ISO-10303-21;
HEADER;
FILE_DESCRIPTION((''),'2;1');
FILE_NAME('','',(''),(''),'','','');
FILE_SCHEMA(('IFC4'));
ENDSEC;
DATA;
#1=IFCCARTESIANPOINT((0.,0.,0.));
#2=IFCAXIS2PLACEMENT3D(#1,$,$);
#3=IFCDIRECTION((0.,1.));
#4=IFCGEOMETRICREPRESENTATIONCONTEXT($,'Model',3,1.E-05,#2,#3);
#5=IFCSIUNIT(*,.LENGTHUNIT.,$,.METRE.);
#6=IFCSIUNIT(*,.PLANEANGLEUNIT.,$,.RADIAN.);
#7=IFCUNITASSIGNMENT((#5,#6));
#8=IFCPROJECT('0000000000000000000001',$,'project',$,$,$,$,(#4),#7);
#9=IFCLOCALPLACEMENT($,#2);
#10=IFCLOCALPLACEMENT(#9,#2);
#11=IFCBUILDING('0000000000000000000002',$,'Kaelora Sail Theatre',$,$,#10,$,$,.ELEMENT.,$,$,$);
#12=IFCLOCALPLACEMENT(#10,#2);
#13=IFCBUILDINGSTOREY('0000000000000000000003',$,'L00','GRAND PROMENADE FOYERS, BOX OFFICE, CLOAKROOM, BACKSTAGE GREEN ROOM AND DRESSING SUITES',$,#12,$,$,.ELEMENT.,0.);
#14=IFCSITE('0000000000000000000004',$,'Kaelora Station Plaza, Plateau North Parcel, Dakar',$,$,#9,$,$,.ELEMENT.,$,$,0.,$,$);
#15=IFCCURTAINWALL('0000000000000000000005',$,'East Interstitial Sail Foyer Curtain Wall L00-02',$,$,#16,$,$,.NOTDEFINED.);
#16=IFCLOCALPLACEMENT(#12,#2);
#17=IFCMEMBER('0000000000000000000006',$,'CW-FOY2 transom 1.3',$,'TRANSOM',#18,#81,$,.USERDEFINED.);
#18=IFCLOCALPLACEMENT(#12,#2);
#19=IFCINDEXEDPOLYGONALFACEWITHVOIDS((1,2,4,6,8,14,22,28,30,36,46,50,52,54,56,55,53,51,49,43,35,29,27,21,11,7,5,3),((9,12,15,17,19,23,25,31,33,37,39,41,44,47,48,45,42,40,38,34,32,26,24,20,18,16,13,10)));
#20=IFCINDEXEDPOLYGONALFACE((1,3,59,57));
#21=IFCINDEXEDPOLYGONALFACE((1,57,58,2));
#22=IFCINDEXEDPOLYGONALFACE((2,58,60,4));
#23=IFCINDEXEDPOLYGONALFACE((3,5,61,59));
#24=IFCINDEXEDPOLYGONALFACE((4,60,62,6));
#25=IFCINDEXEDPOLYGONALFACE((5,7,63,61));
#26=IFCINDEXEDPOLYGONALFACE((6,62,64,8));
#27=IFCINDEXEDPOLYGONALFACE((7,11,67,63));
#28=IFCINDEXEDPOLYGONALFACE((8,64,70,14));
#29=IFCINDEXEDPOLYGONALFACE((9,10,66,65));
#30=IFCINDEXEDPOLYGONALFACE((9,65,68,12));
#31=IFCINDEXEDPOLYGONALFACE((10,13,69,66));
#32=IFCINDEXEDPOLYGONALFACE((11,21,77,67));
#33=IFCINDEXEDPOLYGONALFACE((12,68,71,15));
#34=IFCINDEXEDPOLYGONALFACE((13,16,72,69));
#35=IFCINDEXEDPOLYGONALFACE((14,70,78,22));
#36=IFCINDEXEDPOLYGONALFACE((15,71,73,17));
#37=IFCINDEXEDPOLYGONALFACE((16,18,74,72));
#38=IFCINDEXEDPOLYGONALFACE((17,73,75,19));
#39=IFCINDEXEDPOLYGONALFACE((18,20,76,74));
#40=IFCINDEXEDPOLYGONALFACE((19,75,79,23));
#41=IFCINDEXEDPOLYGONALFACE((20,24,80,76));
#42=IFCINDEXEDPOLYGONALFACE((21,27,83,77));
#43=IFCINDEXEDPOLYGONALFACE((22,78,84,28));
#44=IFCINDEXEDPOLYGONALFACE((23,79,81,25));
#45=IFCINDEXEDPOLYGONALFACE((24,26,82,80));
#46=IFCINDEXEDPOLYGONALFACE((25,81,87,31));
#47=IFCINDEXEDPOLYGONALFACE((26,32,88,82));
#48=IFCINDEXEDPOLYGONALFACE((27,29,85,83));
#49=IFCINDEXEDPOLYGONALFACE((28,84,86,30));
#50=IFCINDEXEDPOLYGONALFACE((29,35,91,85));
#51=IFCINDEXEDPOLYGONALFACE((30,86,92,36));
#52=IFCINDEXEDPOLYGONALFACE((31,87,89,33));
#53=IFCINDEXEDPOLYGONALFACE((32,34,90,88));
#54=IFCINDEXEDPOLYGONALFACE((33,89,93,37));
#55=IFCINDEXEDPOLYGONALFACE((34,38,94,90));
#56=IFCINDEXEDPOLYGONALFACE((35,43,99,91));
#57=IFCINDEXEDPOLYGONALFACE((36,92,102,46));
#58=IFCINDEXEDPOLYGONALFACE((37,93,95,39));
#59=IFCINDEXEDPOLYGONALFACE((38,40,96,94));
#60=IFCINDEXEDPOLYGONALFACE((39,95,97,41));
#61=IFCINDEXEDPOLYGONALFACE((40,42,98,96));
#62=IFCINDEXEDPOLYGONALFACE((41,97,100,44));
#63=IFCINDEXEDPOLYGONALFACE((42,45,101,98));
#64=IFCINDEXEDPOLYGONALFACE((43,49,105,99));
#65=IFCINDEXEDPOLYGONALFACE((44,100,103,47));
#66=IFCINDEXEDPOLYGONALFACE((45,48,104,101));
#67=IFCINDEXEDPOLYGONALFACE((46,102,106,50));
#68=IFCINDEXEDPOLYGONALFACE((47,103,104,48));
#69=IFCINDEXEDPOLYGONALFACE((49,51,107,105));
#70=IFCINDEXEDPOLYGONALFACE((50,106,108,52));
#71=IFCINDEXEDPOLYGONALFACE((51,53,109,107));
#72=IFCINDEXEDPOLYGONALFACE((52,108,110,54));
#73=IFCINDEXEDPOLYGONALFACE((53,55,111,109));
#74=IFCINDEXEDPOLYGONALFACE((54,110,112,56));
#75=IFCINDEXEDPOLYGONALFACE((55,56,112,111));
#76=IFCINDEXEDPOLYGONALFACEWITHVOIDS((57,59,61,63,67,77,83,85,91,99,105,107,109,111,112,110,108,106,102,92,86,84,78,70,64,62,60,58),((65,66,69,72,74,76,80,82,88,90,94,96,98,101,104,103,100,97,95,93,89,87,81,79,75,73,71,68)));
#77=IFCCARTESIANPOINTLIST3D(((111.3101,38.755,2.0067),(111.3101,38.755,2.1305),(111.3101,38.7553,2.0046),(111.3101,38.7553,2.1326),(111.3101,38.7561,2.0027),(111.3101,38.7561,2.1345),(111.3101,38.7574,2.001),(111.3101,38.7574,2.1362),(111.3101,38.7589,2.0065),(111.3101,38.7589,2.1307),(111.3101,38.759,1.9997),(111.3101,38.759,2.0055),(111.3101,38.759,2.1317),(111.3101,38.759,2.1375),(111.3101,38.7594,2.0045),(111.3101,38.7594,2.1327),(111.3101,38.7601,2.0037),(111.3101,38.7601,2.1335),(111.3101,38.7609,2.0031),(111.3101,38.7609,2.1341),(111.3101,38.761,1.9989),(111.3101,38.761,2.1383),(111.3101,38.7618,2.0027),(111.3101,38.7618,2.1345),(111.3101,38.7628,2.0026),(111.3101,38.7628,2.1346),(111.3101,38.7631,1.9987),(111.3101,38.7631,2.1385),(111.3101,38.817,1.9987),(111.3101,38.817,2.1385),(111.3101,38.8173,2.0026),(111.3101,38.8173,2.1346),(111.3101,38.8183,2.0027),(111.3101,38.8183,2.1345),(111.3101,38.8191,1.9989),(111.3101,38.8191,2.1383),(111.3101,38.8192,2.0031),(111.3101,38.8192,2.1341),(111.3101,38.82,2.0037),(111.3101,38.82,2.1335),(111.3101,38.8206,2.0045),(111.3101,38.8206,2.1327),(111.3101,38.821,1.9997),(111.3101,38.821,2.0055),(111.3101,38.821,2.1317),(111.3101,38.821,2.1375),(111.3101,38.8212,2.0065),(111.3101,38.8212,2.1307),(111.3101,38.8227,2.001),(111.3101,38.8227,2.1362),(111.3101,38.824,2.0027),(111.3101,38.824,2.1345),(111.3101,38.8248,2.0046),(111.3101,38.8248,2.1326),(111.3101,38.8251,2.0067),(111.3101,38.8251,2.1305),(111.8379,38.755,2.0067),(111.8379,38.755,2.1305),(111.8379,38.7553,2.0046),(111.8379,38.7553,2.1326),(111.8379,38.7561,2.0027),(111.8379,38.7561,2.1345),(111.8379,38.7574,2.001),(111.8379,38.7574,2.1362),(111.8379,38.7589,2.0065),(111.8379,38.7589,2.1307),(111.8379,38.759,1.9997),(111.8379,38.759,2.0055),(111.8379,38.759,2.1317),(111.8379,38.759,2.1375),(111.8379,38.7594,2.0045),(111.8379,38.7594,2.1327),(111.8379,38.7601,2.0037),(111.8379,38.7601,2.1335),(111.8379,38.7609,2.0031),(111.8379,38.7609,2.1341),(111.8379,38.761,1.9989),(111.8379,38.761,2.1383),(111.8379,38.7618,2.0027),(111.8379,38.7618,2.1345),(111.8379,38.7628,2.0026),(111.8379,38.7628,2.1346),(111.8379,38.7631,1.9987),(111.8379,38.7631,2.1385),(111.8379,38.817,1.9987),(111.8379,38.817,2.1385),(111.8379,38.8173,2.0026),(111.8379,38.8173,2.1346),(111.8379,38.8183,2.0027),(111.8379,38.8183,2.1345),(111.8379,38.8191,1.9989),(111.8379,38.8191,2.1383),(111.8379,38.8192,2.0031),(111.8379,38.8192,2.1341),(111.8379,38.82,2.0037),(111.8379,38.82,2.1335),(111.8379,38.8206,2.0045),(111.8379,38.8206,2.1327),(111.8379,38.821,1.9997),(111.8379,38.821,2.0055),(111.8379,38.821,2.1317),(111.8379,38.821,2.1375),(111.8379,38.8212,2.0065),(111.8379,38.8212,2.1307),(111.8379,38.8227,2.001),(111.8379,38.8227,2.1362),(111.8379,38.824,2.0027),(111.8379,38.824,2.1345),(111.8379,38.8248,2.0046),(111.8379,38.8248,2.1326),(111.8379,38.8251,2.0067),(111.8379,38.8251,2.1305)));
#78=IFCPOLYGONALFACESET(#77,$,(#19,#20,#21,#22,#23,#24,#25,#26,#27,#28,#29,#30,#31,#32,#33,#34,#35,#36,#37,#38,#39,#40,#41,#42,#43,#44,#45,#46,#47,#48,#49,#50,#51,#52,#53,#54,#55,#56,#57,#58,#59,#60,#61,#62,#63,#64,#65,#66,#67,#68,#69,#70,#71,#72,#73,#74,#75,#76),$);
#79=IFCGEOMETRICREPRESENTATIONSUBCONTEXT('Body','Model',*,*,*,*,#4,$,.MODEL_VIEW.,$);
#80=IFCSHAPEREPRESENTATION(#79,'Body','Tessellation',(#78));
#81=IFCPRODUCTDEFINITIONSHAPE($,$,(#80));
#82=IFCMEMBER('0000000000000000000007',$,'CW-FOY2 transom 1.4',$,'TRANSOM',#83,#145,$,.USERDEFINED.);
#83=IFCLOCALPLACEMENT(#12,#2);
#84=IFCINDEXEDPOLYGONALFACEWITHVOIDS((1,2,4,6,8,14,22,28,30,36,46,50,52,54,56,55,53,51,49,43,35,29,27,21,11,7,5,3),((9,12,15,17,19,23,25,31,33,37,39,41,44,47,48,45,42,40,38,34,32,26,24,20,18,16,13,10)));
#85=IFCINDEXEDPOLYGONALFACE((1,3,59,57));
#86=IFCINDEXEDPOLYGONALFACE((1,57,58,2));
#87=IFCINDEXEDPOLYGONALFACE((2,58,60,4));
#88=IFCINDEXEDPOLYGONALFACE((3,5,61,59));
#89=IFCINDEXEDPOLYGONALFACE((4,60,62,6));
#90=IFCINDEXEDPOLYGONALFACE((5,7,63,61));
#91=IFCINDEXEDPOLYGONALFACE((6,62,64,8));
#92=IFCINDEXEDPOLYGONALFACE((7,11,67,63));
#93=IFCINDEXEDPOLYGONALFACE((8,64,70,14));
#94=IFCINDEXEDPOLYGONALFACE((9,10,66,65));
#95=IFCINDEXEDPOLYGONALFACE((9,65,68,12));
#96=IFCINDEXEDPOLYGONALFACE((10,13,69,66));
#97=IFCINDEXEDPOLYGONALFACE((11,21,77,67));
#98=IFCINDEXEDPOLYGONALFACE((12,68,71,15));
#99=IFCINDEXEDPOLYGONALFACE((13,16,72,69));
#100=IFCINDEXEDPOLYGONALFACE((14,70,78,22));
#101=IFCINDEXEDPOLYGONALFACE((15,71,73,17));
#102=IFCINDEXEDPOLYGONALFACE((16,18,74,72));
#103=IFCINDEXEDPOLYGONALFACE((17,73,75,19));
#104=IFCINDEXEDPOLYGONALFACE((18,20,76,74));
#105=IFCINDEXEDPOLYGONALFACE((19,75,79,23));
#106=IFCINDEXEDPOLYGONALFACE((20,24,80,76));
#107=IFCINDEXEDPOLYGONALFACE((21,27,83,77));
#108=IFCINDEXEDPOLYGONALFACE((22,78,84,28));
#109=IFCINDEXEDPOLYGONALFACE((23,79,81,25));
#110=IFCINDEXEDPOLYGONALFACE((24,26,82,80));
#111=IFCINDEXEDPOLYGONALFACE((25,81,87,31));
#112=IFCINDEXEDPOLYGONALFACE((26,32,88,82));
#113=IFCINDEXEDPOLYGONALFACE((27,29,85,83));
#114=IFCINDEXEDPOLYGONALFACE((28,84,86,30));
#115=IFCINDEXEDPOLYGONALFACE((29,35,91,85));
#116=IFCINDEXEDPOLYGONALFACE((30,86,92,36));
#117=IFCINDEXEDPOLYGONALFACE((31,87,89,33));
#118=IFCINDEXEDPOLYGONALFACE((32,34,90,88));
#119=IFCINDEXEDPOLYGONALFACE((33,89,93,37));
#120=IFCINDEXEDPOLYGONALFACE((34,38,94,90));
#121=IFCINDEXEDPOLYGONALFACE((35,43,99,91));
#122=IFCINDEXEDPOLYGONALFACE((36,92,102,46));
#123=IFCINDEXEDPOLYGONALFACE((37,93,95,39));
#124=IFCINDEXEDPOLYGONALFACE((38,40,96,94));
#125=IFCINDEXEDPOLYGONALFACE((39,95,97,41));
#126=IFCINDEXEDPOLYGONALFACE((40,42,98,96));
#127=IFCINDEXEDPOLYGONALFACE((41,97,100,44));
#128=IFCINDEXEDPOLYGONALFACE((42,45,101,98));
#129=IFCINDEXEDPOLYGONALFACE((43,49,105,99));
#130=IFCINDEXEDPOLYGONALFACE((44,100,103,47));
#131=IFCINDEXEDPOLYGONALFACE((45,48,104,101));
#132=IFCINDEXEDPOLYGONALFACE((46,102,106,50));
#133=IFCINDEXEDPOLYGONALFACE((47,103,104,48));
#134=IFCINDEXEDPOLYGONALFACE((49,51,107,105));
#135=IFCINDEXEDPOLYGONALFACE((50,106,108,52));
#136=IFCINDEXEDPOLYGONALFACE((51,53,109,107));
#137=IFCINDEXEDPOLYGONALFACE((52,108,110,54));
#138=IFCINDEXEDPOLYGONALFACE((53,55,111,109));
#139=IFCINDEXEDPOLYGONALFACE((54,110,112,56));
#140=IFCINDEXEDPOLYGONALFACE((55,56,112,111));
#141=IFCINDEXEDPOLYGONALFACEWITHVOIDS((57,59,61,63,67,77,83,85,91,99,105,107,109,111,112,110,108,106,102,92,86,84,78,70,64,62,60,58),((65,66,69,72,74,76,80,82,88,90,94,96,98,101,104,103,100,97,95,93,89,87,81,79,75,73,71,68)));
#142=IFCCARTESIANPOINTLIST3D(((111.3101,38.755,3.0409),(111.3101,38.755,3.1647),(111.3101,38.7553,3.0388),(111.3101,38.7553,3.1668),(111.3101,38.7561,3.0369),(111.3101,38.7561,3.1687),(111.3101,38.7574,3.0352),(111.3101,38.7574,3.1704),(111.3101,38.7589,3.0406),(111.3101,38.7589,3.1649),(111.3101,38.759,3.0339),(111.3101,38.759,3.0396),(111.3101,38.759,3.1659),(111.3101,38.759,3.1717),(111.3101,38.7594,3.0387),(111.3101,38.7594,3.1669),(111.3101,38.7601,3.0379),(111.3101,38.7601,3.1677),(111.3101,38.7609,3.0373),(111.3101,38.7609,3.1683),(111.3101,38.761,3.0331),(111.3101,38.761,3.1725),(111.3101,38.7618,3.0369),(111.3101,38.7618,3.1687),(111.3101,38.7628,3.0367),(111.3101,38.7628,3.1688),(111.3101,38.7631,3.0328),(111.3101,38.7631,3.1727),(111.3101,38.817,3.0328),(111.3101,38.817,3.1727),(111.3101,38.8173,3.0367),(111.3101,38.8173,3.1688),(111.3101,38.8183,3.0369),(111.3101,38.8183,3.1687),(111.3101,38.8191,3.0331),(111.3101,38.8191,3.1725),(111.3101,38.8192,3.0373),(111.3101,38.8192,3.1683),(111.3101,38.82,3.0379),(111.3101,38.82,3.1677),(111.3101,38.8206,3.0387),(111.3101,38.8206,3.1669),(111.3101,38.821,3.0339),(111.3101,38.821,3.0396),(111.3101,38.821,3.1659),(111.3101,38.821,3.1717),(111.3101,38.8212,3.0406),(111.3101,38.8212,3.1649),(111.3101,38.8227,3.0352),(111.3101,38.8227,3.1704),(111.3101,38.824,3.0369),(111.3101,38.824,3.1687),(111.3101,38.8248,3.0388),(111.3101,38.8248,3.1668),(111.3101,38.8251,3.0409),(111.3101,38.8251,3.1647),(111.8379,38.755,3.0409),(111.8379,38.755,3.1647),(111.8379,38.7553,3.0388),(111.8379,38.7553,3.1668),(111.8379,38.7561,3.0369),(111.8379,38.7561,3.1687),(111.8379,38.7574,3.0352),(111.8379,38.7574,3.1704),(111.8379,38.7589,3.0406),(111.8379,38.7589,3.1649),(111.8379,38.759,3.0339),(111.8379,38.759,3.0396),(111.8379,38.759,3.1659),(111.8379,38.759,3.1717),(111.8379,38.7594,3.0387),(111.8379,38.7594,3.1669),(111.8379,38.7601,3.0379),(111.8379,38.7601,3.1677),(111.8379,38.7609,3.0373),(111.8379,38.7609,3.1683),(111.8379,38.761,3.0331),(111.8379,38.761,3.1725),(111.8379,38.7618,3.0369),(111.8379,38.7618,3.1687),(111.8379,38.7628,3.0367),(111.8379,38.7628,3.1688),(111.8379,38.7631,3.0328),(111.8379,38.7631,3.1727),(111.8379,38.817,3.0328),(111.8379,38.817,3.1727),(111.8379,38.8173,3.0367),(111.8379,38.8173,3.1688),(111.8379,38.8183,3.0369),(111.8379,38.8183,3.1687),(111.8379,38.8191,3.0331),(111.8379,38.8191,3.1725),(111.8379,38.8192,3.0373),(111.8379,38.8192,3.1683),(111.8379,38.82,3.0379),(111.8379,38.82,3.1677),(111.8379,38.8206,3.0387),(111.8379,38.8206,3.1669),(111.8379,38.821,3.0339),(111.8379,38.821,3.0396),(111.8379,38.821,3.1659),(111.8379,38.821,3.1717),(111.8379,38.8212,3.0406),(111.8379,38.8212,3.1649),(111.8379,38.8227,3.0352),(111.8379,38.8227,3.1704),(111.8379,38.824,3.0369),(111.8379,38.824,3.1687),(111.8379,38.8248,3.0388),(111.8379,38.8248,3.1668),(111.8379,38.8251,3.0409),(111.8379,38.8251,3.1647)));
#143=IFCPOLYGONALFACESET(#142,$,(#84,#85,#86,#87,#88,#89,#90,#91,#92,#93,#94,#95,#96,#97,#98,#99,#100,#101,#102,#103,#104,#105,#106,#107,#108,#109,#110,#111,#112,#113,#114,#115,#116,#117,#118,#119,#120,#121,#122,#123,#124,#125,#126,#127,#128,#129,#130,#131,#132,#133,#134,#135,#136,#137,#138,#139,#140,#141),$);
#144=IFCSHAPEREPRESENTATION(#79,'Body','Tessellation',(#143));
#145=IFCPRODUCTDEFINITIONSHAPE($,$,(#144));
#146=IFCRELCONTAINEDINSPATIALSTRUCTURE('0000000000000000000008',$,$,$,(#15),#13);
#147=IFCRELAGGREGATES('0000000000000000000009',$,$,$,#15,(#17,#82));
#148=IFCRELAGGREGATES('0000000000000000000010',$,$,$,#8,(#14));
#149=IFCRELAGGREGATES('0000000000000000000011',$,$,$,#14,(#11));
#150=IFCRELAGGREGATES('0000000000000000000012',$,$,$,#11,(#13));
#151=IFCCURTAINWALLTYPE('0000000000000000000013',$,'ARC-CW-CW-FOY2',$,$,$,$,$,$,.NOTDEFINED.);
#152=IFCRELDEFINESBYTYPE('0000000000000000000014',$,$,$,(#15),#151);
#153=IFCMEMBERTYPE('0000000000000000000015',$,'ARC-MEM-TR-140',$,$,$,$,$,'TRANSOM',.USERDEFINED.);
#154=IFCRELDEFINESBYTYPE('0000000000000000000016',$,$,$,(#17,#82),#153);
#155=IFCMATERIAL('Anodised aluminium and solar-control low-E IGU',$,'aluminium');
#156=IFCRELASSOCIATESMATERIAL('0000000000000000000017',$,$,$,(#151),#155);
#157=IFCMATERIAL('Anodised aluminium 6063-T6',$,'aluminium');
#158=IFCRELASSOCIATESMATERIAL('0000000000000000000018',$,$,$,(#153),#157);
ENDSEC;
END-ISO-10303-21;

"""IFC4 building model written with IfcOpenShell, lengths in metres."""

from ifc_helpers import new_model, si_unit, direction, frame, origin, origin_2d, place, context, subcontext, project, spatial, hollow_rectangle, extrude, material, material_profile, profile_set, type_object, element, aggregate, save


model = new_model("IFC4")

# Units and contexts
model_context = context("Model", 3, precision=1e-05, world=origin(), true_north=direction((0.0, 1.0)))
body_context = subcontext(model_context, "Body", "Model", "MODEL_VIEW")
ifc_project = project(units=[si_unit("LENGTHUNIT", "METRE"), si_unit("PLANEANGLEUNIT", "RADIAN")], contexts=[model_context])

# Site, building, storey
site_placement = place(None, origin())
site = spatial("IfcSite", under=ifc_project, at=site_placement, Name="Kaelora Station Plaza, Plateau North Parcel, Dakar", CompositionType="ELEMENT", RefElevation=0.0)
building_placement = place(site_placement, origin())
building = spatial("IfcBuilding", under=site, at=building_placement, Name="Kaelora Sail Theatre", CompositionType="ELEMENT")
storey_placement = place(building_placement, origin())
storey = spatial("IfcBuildingStorey", under=building, at=storey_placement, Name="L00", Description="GRAND PROMENADE FOYERS, BOX OFFICE, CLOAKROOM, BACKSTAGE GREEN ROOM AND DRESSING SUITES", CompositionType="ELEMENT", Elevation=0.0)

# Curtain wall, members
ifc_material_1 = material(Name="Anodised aluminium and solar-control low-E IGU", Category="aluminium")
curtain_wall_type = type_object("IfcCurtainWallType", Name="ARC-CW-CW-FOY2", PredefinedType="NOTDEFINED", material=ifc_material_1)
ifc_material_2 = material(Name="Anodised aluminium 6063-T6", Category="aluminium")
ifc_material_profile = material_profile(ifc_material_2, hollow_rectangle(XDim=0.0701, YDim=0.1399, WallThickness=0.0039, InnerFilletRadius=0.0039, OuterFilletRadius=0.0081, at=origin_2d()), Name="ALU-TRAN 70x140x4")
ifc_profile_set = profile_set([ifc_material_profile], Name="Anodised aluminium 6063-T6")
member_type = type_object("IfcMemberType", Name="ARC-MEM-TR-140", ElementType="TRANSOM", PredefinedType="USERDEFINED", material=ifc_profile_set)
curtain_wall_1_placement = place(storey_placement, origin())
curtain_wall_1 = element("IfcCurtainWall", 1, at=curtain_wall_1_placement, inside=storey, type_object=curtain_wall_type, Name="East Interstitial Sail Foyer Curtain Wall L00-02", PredefinedType="NOTDEFINED")
member_1_placement = place(storey_placement, frame((111.3101, 38.79, 2.0686), z_axis=(1.0, 0.0, 0.0), x_axis=(0.0, 1.0, 0.0)))
member_1 = element("IfcMember", 2, at=member_1_placement, type_object=member_type, Name="CW-FOY2 transom 1.3", ObjectType="TRANSOM", PredefinedType="USERDEFINED", context=body_context, shape_type="SweptSolid", body=[
    extrude(hollow_rectangle(XDim=0.0701, YDim=0.1399, WallThickness=0.0039, InnerFilletRadius=0.0039, OuterFilletRadius=0.0081, at=origin_2d()), origin(), (0.0, 0.0, 1.0), 0.5278),
])
member_2_placement = place(storey_placement, frame((111.3101, 38.79, 3.1028), z_axis=(1.0, 0.0, 0.0), x_axis=(0.0, 1.0, 0.0)))
member_2 = element("IfcMember", 3, at=member_2_placement, type_object=member_type, Name="CW-FOY2 transom 1.4", ObjectType="TRANSOM", PredefinedType="USERDEFINED", context=body_context, shape_type="SweptSolid", body=[
    extrude(hollow_rectangle(XDim=0.0701, YDim=0.1399, WallThickness=0.0039, InnerFilletRadius=0.0039, OuterFilletRadius=0.0081, at=origin_2d()), origin(), (0.0, 0.0, 1.0), 0.5278),
])

aggregate(curtain_wall_1, [member_1, member_2])

save(model, "model.ifc")
